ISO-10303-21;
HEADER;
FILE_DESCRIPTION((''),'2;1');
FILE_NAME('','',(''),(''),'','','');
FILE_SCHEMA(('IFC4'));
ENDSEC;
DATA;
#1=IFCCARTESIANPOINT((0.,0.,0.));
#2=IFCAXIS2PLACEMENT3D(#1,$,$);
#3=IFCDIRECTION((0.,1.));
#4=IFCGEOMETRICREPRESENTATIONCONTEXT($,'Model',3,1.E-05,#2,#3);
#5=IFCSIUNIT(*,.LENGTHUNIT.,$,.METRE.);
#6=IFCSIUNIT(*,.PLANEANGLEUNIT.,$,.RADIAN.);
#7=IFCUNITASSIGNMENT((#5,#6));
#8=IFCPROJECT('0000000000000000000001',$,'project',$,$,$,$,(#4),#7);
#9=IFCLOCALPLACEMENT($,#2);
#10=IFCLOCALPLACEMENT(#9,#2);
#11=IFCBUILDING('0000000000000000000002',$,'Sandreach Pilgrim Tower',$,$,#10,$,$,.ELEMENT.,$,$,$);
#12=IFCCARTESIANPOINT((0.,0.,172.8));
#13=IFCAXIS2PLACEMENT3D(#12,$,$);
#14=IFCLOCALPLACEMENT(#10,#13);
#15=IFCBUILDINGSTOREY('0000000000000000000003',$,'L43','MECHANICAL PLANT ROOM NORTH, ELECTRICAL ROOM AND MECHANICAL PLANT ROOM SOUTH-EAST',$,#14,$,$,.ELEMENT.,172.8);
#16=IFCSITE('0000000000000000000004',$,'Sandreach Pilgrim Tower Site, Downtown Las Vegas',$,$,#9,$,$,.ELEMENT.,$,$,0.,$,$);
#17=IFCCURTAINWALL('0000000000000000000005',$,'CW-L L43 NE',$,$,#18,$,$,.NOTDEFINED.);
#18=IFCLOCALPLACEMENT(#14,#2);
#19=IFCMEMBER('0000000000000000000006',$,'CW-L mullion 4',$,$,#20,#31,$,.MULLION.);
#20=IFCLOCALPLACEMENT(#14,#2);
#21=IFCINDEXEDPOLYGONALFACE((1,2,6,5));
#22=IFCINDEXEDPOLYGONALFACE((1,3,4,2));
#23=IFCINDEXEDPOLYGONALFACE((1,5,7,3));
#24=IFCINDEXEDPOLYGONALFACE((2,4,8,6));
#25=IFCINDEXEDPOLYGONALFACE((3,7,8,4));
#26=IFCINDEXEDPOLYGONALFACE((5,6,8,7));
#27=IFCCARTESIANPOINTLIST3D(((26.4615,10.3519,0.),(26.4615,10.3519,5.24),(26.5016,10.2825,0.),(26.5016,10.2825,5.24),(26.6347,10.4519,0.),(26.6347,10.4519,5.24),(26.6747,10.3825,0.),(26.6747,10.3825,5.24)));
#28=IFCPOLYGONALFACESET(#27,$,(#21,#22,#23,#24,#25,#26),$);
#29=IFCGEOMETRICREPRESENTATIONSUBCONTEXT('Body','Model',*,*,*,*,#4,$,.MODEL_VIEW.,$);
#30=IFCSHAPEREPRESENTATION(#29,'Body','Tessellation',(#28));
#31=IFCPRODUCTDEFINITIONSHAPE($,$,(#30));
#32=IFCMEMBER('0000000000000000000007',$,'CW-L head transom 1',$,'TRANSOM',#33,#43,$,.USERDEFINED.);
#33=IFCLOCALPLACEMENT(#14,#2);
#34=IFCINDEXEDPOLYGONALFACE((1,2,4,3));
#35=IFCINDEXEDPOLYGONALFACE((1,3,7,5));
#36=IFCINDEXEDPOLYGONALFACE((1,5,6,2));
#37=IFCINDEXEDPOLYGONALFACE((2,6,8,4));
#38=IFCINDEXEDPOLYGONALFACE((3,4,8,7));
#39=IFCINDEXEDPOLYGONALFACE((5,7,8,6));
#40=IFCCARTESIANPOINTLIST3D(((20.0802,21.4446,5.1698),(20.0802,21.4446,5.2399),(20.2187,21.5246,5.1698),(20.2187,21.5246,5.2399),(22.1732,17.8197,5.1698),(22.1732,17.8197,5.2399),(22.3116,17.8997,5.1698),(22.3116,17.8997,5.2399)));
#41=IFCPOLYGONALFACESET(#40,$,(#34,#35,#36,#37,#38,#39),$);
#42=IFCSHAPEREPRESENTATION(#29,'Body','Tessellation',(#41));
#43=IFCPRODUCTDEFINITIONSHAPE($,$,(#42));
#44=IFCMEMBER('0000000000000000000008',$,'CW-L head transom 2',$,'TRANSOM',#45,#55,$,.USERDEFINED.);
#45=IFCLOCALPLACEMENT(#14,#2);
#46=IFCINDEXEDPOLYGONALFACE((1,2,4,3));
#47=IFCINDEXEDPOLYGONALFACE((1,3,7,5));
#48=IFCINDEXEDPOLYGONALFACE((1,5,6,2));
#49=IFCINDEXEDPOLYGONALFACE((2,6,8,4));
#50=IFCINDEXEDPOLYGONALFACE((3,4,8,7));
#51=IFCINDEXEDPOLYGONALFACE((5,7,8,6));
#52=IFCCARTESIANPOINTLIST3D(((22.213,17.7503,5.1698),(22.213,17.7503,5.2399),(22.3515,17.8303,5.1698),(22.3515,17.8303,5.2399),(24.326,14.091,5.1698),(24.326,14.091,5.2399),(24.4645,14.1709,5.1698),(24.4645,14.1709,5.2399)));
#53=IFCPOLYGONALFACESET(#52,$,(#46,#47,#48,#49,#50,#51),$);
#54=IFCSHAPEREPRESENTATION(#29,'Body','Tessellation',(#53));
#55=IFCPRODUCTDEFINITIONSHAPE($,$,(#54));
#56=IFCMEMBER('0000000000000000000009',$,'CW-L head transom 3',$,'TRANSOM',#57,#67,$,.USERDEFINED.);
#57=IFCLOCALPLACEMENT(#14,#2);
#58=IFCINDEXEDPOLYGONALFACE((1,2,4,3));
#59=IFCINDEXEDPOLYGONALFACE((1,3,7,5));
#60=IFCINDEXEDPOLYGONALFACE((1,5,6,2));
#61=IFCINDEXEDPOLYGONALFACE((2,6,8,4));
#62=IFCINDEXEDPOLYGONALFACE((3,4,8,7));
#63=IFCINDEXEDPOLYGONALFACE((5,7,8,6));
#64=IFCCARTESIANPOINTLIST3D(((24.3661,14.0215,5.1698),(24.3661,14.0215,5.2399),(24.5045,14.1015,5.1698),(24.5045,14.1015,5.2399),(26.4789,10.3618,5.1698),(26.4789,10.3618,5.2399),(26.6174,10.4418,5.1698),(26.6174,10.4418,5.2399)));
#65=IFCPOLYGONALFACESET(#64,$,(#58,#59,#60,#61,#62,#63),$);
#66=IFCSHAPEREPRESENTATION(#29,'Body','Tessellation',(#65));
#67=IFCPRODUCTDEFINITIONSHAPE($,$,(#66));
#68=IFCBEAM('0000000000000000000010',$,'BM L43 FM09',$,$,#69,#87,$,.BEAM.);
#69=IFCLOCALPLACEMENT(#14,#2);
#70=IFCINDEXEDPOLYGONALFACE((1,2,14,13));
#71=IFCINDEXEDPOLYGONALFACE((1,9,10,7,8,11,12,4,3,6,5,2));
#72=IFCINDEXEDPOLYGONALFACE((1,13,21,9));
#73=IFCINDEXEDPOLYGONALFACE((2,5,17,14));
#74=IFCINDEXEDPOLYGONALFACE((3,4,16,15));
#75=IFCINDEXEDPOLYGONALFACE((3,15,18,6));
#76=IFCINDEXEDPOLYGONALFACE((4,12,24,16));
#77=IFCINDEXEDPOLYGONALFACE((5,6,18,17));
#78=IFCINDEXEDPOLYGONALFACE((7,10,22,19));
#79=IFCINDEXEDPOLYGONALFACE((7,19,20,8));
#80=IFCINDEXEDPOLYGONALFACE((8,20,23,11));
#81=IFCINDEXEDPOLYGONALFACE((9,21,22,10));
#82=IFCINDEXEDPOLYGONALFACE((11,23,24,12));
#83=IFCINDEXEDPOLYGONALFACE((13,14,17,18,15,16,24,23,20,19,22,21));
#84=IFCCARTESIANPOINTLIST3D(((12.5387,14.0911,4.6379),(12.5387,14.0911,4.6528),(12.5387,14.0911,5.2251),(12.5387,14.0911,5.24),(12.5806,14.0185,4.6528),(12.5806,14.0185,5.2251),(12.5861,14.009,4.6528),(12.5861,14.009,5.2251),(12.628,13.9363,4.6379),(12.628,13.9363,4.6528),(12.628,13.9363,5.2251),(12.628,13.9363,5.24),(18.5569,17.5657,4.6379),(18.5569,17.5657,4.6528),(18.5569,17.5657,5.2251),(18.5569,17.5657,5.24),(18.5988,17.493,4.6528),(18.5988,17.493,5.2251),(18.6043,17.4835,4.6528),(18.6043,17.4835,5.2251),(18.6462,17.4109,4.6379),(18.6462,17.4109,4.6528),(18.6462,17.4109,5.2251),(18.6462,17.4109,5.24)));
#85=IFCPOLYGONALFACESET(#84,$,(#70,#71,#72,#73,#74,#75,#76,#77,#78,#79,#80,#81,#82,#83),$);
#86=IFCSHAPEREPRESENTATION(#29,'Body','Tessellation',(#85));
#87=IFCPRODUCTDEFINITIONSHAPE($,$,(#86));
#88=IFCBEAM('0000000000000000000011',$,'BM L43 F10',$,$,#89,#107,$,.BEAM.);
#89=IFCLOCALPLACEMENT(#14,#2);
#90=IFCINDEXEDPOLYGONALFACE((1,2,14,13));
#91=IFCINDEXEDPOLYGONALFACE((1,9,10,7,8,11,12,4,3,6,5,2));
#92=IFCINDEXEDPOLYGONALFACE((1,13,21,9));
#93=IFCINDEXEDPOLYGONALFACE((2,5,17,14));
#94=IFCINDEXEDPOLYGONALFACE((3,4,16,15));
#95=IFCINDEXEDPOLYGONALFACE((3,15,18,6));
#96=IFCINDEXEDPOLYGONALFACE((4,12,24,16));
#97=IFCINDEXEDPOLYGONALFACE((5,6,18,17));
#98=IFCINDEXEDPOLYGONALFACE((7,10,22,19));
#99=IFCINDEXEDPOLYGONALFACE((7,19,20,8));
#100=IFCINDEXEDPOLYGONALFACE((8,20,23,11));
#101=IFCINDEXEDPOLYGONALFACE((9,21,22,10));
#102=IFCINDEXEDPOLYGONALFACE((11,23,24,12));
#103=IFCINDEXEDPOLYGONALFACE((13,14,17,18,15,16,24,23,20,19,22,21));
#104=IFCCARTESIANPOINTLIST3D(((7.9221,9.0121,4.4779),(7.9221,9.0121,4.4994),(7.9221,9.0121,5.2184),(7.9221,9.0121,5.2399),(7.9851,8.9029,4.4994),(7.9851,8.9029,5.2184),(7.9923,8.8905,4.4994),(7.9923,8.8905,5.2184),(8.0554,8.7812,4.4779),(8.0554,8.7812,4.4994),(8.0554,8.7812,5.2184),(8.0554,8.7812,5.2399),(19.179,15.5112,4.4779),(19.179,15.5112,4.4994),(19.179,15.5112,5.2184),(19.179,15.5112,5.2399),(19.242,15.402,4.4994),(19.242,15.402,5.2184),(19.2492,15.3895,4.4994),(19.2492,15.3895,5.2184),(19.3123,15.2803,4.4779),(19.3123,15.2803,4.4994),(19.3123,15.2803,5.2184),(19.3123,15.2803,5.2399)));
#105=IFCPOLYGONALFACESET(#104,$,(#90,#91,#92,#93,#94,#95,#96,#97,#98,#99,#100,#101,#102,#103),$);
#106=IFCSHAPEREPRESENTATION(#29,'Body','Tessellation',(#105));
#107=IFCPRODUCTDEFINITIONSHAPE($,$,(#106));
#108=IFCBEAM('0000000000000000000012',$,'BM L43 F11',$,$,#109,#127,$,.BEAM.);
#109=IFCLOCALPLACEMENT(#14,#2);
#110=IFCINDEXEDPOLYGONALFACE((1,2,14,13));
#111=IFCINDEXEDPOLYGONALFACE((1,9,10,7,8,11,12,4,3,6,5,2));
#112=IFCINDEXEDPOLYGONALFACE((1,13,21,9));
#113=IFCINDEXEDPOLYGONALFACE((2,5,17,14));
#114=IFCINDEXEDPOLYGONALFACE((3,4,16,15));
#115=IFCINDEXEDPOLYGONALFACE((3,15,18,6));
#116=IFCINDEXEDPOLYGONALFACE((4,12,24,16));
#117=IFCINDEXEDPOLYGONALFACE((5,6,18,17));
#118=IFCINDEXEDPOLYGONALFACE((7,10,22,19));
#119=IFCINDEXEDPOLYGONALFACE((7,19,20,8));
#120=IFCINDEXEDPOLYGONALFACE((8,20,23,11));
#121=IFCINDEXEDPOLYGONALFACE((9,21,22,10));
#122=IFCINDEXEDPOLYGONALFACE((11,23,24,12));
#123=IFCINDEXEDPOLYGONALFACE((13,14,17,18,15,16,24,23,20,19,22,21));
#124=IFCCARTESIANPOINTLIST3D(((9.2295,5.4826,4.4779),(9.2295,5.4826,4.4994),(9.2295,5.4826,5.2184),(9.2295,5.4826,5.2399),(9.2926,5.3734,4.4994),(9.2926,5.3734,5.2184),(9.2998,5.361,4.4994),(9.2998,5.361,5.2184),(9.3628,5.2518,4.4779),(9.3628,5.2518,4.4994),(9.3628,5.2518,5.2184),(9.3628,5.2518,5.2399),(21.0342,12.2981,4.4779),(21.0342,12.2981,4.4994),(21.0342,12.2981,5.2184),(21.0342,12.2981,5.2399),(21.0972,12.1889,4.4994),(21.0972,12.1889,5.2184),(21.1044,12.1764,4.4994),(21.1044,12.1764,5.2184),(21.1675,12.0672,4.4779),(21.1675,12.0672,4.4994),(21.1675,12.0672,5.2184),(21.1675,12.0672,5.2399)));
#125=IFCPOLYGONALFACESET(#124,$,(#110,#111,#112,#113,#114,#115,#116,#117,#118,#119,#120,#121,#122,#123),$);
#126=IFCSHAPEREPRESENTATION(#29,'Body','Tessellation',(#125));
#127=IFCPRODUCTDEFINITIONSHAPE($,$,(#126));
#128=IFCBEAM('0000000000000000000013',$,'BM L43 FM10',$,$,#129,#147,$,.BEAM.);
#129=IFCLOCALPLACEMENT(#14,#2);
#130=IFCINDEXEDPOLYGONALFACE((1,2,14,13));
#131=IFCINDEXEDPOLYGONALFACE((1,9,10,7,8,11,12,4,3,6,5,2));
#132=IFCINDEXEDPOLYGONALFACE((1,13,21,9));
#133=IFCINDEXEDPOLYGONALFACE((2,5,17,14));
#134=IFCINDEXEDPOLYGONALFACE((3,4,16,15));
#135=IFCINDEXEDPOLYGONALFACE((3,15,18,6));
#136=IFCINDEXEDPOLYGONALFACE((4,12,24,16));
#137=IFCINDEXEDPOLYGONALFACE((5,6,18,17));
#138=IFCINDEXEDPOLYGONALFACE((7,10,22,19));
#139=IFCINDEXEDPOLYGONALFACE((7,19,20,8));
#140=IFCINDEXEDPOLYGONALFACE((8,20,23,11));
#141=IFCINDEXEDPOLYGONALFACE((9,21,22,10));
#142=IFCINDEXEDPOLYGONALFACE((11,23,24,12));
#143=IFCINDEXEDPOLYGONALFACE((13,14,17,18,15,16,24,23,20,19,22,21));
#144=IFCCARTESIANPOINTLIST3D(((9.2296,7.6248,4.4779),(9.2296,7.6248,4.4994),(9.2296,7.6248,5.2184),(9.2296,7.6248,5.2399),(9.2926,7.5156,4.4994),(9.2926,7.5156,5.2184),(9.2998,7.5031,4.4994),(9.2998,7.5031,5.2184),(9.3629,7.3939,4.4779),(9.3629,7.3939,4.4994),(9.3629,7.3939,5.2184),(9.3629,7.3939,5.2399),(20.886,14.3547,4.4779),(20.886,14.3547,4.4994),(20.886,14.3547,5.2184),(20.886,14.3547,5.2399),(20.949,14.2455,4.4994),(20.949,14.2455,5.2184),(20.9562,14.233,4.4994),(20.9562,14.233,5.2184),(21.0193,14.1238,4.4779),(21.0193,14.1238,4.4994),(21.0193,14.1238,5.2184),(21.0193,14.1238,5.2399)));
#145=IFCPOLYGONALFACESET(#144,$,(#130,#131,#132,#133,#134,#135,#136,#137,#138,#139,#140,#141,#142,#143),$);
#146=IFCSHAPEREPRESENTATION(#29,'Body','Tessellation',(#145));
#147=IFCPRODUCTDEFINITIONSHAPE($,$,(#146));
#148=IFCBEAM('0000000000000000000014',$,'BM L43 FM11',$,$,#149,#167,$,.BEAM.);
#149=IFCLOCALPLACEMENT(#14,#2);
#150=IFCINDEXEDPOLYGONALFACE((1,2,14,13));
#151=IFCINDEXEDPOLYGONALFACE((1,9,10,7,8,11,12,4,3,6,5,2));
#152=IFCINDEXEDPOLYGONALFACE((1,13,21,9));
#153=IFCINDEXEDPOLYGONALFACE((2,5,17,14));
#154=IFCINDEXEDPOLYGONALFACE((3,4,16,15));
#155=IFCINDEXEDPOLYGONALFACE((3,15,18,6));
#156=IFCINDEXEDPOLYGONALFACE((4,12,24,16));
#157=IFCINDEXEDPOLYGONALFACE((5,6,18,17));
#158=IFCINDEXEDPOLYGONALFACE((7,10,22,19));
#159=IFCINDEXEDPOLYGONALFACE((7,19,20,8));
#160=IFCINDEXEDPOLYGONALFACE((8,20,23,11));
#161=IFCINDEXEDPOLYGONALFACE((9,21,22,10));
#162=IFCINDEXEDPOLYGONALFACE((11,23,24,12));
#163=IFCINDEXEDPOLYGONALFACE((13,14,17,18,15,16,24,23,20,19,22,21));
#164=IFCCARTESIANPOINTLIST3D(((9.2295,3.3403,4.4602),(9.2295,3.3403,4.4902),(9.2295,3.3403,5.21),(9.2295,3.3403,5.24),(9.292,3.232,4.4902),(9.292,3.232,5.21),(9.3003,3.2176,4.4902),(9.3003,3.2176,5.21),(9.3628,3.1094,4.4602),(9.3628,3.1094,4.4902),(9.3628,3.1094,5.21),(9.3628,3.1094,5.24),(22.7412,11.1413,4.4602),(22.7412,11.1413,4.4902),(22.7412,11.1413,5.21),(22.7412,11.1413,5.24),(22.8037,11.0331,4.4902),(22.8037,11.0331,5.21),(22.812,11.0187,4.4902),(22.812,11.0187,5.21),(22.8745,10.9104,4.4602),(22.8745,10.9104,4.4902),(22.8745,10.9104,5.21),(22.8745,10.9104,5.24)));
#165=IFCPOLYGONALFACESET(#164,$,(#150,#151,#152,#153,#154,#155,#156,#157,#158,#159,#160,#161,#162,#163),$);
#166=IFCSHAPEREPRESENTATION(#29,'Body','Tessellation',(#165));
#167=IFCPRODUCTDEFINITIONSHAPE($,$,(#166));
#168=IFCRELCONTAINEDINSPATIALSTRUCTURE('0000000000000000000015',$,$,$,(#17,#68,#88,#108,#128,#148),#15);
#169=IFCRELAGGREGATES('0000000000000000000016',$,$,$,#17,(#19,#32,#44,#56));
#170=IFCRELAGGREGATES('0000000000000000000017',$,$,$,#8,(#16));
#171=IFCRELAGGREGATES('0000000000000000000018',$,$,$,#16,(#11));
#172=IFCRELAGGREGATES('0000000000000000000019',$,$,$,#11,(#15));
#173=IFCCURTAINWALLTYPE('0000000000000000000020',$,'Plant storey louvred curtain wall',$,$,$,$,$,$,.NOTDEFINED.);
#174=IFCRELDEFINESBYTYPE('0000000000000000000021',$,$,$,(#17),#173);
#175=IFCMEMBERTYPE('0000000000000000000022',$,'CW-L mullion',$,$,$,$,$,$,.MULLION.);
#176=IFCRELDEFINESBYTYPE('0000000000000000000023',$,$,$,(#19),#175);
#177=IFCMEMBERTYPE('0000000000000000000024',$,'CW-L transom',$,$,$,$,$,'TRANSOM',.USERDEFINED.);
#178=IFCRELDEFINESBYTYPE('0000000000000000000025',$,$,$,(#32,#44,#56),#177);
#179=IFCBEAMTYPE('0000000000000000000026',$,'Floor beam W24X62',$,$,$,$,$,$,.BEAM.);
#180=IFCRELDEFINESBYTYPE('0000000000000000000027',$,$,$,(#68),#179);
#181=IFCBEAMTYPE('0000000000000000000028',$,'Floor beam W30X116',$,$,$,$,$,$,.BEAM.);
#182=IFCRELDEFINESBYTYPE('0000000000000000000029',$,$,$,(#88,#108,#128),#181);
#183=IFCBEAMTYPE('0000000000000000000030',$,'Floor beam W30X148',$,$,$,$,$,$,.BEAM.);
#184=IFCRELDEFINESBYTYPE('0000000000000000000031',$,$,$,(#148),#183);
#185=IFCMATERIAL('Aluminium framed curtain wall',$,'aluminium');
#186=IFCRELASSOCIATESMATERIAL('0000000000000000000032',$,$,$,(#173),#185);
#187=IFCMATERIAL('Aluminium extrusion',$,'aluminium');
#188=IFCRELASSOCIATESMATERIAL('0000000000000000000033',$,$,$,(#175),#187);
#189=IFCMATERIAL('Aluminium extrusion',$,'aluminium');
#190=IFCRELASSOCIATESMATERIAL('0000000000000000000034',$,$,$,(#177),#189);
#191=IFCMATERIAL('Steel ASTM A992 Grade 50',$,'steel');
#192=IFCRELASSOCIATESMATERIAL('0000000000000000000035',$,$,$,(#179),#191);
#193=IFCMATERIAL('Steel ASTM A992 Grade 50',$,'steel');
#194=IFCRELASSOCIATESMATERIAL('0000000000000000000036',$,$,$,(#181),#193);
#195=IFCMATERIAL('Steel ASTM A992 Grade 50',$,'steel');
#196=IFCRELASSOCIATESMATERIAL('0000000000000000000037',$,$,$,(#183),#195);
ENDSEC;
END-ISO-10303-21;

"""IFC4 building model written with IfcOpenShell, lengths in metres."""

from ifc_helpers import new_model, si_unit, direction, frame, origin, origin_2d, place, context, subcontext, project, spatial, rectangle, i_section, extrude, material, material_profile, profile_set, type_object, element, aggregate, save


model = new_model("IFC4")

# Units and contexts
model_context = context("Model", 3, precision=1e-05, world=origin(), true_north=direction((0.0, 1.0)))
body_context = subcontext(model_context, "Body", "Model", "MODEL_VIEW")
ifc_project = project(units=[si_unit("LENGTHUNIT", "METRE"), si_unit("PLANEANGLEUNIT", "RADIAN")], contexts=[model_context])

# Site, building, storey
site_placement = place(None, origin())
site = spatial("IfcSite", under=ifc_project, at=site_placement, Name="Sandreach Pilgrim Tower Site, Downtown Las Vegas", CompositionType="ELEMENT", RefElevation=0.0)
building_placement = place(site_placement, origin())
building = spatial("IfcBuilding", under=site, at=building_placement, Name="Sandreach Pilgrim Tower", CompositionType="ELEMENT")
storey_placement = place(building_placement, frame((0.0, 0.0, 172.8)))
storey = spatial("IfcBuildingStorey", under=building, at=storey_placement, Name="L43", Description="MECHANICAL PLANT ROOM NORTH, ELECTRICAL ROOM AND MECHANICAL PLANT ROOM SOUTH-EAST", CompositionType="ELEMENT", Elevation=172.8)

# Shared definitions
ifc_material_1 = material(Name="Aluminium framed curtain wall", Category="aluminium")
curtain_wall_type = type_object("IfcCurtainWallType", Name="Plant storey louvred curtain wall", PredefinedType="NOTDEFINED", material=ifc_material_1)
ifc_material_2 = material(Name="Aluminium extrusion", Category="aluminium")
ifc_material_profile_1 = material_profile(ifc_material_2, rectangle(XDim=0.0801, YDim=0.2, at=origin_2d()), Name="CW-LM 80X200")
ifc_profile_set_1 = profile_set([ifc_material_profile_1], Name="Aluminium extrusion")
member_type_1 = type_object("IfcMemberType", Name="CW-L mullion", PredefinedType="MULLION", material=ifc_profile_set_1)

# Curtain wall, members
curtain_wall_1_placement = place(storey_placement, origin())
curtain_wall_1 = element("IfcCurtainWall", 1, at=curtain_wall_1_placement, inside=storey, type_object=curtain_wall_type, Name="CW-L L43 NE", PredefinedType="NOTDEFINED")
member_1_placement = place(storey_placement, frame((26.5681, 10.3672, 0.0), z_axis=(0.0, 0.0, 1.0), x_axis=(0.5, -0.866025, 0.0)))
member_1 = element("IfcMember", 2, at=member_1_placement, type_object=member_type_1, Name="CW-L mullion 4", PredefinedType="MULLION", context=body_context, shape_type="SweptSolid", body=[
    extrude(rectangle(XDim=0.0801, YDim=0.2, at=origin_2d()), origin(), (0.0, 0.0, 1.0), 5.24),
])
ifc_material_3 = material(Name="Aluminium extrusion", Category="aluminium")
ifc_material_profile_2 = material_profile(ifc_material_3, rectangle(XDim=0.1599, YDim=0.0701, at=origin_2d()), Name="CW-LT 160X70")
ifc_profile_set_2 = profile_set([ifc_material_profile_2], Name="Aluminium extrusion")
member_type_2 = type_object("IfcMemberType", Name="CW-L transom", ElementType="TRANSOM", PredefinedType="USERDEFINED", material=ifc_profile_set_2)
member_2_placement = place(storey_placement, frame((20.1494, 21.4846, 5.2048), z_axis=(0.500022, -0.866013, 0.0), x_axis=(0.866013, 0.500022, 0.0)))
member_2 = element("IfcMember", 3, at=member_2_placement, type_object=member_type_2, Name="CW-L head transom 1", ObjectType="TRANSOM", PredefinedType="USERDEFINED", context=body_context, shape_type="SweptSolid", body=[
    extrude(rectangle(XDim=0.1599, YDim=0.0701, at=origin_2d()), origin(), (0.0, 0.0, 1.0), 4.1858),
])
member_3_placement = place(storey_placement, frame((22.2822, 17.7903, 5.2048), z_axis=(0.500048, -0.865998, 0.0), x_axis=(0.865998, 0.500048, 0.0)))
member_3 = element("IfcMember", 4, at=member_3_placement, type_object=member_type_2, Name="CW-L head transom 2", ObjectType="TRANSOM", PredefinedType="USERDEFINED", context=body_context, shape_type="SweptSolid", body=[
    extrude(rectangle(XDim=0.1599, YDim=0.0701, at=origin_2d()), origin(), (0.0, 0.0, 1.0), 4.2256),
])
member_4_placement = place(storey_placement, frame((24.4353, 14.0615, 5.2048), z_axis=(0.499979, -0.866037, 0.0), x_axis=(0.866037, 0.499979, 0.0)))
member_4 = element("IfcMember", 5, at=member_4_placement, type_object=member_type_2, Name="CW-L head transom 3", ObjectType="TRANSOM", PredefinedType="USERDEFINED", context=body_context, shape_type="SweptSolid", body=[
    extrude(rectangle(XDim=0.1599, YDim=0.0701, at=origin_2d()), origin(), (0.0, 0.0, 1.0), 4.2258),
])

# Beams
ifc_material_4 = material(Name="Steel ASTM A992 Grade 50", Category="steel")
ifc_material_profile_3 = material_profile(ifc_material_4, i_section(OverallWidth=0.1787, OverallDepth=0.6021, WebThickness=0.011, FlangeThickness=0.0149, at=origin_2d()), Name="W24X62")
ifc_profile_set_3 = profile_set([ifc_material_profile_3], Name="Steel ASTM A992 Grade 50")
beam_type_1 = type_object("IfcBeamType", Name="Floor beam W24X62", PredefinedType="BEAM", material=ifc_profile_set_3)
beam_1_placement = place(storey_placement, frame((18.6016, 17.4883, 4.939), z_axis=(-0.866029, -0.499993, 0.0), x_axis=(0.499993, -0.866029, 0.0)))
element("IfcBeam", 6, at=beam_1_placement, inside=storey, type_object=beam_type_1, Name="BM L43 FM09", PredefinedType="BEAM", context=body_context, shape_type="SweptSolid", body=[
    extrude(i_section(OverallWidth=0.1787, OverallDepth=0.6021, WebThickness=0.011, FlangeThickness=0.0149, at=origin_2d()), origin(), (0.0, 0.0, 1.0), 6.9492),
])
ifc_material_5 = material(Name="Steel ASTM A992 Grade 50", Category="steel")
ifc_material_profile_4 = material_profile(ifc_material_5, i_section(OverallWidth=0.2666, OverallDepth=0.762, WebThickness=0.0144, FlangeThickness=0.0215, at=origin_2d()), Name="W30X116")
ifc_profile_set_4 = profile_set([ifc_material_profile_4], Name="Steel ASTM A992 Grade 50")
beam_type_2 = type_object("IfcBeamType", Name="Floor beam W30X116", PredefinedType="BEAM", material=ifc_profile_set_4)
beam_2_placement = place(storey_placement, frame((19.2456, 15.3958, 4.8589), z_axis=(-0.866029, -0.499993, 0.0), x_axis=(0.499993, -0.866029, 0.0)))
element("IfcBeam", 7, at=beam_2_placement, inside=storey, type_object=beam_type_2, Name="BM L43 F10", PredefinedType="BEAM", context=body_context, shape_type="SweptSolid", body=[
    extrude(i_section(OverallWidth=0.2666, OverallDepth=0.762, WebThickness=0.0144, FlangeThickness=0.0215, at=origin_2d()), origin(), (0.0, 0.0, 1.0), 12.9983),
])
beam_3_placement = place(storey_placement, frame((21.1008, 12.1826, 4.8589), z_axis=(-0.866026, -0.499999, 0.0), x_axis=(0.499999, -0.866026, 0.0)))
element("IfcBeam", 8, at=beam_3_placement, inside=storey, type_object=beam_type_2, Name="BM L43 F11", PredefinedType="BEAM", context=body_context, shape_type="SweptSolid", body=[
    extrude(i_section(OverallWidth=0.2666, OverallDepth=0.762, WebThickness=0.0144, FlangeThickness=0.0215, at=origin_2d()), origin(), (0.0, 0.0, 1.0), 13.6309),
])
beam_4_placement = place(storey_placement, frame((20.9526, 14.2393, 4.8589), z_axis=(-0.866022, -0.500006, 0.0), x_axis=(0.500006, -0.866022, 0.0)))
element("IfcBeam", 9, at=beam_4_placement, inside=storey, type_object=beam_type_2, Name="BM L43 FM10", PredefinedType="BEAM", context=body_context, shape_type="SweptSolid", body=[
    extrude(i_section(OverallWidth=0.2666, OverallDepth=0.762, WebThickness=0.0144, FlangeThickness=0.0215, at=origin_2d()), origin(), (0.0, 0.0, 1.0), 13.4597),
])
ifc_material_6 = material(Name="Steel ASTM A992 Grade 50", Category="steel")
ifc_material_profile_5 = material_profile(ifc_material_6, i_section(OverallWidth=0.2666, OverallDepth=0.7798, WebThickness=0.0166, FlangeThickness=0.03, at=origin_2d()), Name="W30X148")
ifc_profile_set_5 = profile_set([ifc_material_profile_5], Name="Steel ASTM A992 Grade 50")
beam_type_3 = type_object("IfcBeamType", Name="Floor beam W30X148", PredefinedType="BEAM", material=ifc_profile_set_5)
beam_5_placement = place(storey_placement, frame((22.8079, 11.0259, 4.8501), z_axis=(-0.866025, -0.500001, 0.0), x_axis=(0.500001, -0.866025, 0.0)))
element("IfcBeam", 10, at=beam_5_placement, inside=storey, type_object=beam_type_3, Name="BM L43 FM11", PredefinedType="BEAM", context=body_context, shape_type="SweptSolid", body=[
    extrude(i_section(OverallWidth=0.2666, OverallDepth=0.7798, WebThickness=0.0166, FlangeThickness=0.03, at=origin_2d()), origin(), (0.0, 0.0, 1.0), 15.6021),
])

aggregate(curtain_wall_1, [member_1, member_2, member_3, member_4])

save(model, "model.ifc")
